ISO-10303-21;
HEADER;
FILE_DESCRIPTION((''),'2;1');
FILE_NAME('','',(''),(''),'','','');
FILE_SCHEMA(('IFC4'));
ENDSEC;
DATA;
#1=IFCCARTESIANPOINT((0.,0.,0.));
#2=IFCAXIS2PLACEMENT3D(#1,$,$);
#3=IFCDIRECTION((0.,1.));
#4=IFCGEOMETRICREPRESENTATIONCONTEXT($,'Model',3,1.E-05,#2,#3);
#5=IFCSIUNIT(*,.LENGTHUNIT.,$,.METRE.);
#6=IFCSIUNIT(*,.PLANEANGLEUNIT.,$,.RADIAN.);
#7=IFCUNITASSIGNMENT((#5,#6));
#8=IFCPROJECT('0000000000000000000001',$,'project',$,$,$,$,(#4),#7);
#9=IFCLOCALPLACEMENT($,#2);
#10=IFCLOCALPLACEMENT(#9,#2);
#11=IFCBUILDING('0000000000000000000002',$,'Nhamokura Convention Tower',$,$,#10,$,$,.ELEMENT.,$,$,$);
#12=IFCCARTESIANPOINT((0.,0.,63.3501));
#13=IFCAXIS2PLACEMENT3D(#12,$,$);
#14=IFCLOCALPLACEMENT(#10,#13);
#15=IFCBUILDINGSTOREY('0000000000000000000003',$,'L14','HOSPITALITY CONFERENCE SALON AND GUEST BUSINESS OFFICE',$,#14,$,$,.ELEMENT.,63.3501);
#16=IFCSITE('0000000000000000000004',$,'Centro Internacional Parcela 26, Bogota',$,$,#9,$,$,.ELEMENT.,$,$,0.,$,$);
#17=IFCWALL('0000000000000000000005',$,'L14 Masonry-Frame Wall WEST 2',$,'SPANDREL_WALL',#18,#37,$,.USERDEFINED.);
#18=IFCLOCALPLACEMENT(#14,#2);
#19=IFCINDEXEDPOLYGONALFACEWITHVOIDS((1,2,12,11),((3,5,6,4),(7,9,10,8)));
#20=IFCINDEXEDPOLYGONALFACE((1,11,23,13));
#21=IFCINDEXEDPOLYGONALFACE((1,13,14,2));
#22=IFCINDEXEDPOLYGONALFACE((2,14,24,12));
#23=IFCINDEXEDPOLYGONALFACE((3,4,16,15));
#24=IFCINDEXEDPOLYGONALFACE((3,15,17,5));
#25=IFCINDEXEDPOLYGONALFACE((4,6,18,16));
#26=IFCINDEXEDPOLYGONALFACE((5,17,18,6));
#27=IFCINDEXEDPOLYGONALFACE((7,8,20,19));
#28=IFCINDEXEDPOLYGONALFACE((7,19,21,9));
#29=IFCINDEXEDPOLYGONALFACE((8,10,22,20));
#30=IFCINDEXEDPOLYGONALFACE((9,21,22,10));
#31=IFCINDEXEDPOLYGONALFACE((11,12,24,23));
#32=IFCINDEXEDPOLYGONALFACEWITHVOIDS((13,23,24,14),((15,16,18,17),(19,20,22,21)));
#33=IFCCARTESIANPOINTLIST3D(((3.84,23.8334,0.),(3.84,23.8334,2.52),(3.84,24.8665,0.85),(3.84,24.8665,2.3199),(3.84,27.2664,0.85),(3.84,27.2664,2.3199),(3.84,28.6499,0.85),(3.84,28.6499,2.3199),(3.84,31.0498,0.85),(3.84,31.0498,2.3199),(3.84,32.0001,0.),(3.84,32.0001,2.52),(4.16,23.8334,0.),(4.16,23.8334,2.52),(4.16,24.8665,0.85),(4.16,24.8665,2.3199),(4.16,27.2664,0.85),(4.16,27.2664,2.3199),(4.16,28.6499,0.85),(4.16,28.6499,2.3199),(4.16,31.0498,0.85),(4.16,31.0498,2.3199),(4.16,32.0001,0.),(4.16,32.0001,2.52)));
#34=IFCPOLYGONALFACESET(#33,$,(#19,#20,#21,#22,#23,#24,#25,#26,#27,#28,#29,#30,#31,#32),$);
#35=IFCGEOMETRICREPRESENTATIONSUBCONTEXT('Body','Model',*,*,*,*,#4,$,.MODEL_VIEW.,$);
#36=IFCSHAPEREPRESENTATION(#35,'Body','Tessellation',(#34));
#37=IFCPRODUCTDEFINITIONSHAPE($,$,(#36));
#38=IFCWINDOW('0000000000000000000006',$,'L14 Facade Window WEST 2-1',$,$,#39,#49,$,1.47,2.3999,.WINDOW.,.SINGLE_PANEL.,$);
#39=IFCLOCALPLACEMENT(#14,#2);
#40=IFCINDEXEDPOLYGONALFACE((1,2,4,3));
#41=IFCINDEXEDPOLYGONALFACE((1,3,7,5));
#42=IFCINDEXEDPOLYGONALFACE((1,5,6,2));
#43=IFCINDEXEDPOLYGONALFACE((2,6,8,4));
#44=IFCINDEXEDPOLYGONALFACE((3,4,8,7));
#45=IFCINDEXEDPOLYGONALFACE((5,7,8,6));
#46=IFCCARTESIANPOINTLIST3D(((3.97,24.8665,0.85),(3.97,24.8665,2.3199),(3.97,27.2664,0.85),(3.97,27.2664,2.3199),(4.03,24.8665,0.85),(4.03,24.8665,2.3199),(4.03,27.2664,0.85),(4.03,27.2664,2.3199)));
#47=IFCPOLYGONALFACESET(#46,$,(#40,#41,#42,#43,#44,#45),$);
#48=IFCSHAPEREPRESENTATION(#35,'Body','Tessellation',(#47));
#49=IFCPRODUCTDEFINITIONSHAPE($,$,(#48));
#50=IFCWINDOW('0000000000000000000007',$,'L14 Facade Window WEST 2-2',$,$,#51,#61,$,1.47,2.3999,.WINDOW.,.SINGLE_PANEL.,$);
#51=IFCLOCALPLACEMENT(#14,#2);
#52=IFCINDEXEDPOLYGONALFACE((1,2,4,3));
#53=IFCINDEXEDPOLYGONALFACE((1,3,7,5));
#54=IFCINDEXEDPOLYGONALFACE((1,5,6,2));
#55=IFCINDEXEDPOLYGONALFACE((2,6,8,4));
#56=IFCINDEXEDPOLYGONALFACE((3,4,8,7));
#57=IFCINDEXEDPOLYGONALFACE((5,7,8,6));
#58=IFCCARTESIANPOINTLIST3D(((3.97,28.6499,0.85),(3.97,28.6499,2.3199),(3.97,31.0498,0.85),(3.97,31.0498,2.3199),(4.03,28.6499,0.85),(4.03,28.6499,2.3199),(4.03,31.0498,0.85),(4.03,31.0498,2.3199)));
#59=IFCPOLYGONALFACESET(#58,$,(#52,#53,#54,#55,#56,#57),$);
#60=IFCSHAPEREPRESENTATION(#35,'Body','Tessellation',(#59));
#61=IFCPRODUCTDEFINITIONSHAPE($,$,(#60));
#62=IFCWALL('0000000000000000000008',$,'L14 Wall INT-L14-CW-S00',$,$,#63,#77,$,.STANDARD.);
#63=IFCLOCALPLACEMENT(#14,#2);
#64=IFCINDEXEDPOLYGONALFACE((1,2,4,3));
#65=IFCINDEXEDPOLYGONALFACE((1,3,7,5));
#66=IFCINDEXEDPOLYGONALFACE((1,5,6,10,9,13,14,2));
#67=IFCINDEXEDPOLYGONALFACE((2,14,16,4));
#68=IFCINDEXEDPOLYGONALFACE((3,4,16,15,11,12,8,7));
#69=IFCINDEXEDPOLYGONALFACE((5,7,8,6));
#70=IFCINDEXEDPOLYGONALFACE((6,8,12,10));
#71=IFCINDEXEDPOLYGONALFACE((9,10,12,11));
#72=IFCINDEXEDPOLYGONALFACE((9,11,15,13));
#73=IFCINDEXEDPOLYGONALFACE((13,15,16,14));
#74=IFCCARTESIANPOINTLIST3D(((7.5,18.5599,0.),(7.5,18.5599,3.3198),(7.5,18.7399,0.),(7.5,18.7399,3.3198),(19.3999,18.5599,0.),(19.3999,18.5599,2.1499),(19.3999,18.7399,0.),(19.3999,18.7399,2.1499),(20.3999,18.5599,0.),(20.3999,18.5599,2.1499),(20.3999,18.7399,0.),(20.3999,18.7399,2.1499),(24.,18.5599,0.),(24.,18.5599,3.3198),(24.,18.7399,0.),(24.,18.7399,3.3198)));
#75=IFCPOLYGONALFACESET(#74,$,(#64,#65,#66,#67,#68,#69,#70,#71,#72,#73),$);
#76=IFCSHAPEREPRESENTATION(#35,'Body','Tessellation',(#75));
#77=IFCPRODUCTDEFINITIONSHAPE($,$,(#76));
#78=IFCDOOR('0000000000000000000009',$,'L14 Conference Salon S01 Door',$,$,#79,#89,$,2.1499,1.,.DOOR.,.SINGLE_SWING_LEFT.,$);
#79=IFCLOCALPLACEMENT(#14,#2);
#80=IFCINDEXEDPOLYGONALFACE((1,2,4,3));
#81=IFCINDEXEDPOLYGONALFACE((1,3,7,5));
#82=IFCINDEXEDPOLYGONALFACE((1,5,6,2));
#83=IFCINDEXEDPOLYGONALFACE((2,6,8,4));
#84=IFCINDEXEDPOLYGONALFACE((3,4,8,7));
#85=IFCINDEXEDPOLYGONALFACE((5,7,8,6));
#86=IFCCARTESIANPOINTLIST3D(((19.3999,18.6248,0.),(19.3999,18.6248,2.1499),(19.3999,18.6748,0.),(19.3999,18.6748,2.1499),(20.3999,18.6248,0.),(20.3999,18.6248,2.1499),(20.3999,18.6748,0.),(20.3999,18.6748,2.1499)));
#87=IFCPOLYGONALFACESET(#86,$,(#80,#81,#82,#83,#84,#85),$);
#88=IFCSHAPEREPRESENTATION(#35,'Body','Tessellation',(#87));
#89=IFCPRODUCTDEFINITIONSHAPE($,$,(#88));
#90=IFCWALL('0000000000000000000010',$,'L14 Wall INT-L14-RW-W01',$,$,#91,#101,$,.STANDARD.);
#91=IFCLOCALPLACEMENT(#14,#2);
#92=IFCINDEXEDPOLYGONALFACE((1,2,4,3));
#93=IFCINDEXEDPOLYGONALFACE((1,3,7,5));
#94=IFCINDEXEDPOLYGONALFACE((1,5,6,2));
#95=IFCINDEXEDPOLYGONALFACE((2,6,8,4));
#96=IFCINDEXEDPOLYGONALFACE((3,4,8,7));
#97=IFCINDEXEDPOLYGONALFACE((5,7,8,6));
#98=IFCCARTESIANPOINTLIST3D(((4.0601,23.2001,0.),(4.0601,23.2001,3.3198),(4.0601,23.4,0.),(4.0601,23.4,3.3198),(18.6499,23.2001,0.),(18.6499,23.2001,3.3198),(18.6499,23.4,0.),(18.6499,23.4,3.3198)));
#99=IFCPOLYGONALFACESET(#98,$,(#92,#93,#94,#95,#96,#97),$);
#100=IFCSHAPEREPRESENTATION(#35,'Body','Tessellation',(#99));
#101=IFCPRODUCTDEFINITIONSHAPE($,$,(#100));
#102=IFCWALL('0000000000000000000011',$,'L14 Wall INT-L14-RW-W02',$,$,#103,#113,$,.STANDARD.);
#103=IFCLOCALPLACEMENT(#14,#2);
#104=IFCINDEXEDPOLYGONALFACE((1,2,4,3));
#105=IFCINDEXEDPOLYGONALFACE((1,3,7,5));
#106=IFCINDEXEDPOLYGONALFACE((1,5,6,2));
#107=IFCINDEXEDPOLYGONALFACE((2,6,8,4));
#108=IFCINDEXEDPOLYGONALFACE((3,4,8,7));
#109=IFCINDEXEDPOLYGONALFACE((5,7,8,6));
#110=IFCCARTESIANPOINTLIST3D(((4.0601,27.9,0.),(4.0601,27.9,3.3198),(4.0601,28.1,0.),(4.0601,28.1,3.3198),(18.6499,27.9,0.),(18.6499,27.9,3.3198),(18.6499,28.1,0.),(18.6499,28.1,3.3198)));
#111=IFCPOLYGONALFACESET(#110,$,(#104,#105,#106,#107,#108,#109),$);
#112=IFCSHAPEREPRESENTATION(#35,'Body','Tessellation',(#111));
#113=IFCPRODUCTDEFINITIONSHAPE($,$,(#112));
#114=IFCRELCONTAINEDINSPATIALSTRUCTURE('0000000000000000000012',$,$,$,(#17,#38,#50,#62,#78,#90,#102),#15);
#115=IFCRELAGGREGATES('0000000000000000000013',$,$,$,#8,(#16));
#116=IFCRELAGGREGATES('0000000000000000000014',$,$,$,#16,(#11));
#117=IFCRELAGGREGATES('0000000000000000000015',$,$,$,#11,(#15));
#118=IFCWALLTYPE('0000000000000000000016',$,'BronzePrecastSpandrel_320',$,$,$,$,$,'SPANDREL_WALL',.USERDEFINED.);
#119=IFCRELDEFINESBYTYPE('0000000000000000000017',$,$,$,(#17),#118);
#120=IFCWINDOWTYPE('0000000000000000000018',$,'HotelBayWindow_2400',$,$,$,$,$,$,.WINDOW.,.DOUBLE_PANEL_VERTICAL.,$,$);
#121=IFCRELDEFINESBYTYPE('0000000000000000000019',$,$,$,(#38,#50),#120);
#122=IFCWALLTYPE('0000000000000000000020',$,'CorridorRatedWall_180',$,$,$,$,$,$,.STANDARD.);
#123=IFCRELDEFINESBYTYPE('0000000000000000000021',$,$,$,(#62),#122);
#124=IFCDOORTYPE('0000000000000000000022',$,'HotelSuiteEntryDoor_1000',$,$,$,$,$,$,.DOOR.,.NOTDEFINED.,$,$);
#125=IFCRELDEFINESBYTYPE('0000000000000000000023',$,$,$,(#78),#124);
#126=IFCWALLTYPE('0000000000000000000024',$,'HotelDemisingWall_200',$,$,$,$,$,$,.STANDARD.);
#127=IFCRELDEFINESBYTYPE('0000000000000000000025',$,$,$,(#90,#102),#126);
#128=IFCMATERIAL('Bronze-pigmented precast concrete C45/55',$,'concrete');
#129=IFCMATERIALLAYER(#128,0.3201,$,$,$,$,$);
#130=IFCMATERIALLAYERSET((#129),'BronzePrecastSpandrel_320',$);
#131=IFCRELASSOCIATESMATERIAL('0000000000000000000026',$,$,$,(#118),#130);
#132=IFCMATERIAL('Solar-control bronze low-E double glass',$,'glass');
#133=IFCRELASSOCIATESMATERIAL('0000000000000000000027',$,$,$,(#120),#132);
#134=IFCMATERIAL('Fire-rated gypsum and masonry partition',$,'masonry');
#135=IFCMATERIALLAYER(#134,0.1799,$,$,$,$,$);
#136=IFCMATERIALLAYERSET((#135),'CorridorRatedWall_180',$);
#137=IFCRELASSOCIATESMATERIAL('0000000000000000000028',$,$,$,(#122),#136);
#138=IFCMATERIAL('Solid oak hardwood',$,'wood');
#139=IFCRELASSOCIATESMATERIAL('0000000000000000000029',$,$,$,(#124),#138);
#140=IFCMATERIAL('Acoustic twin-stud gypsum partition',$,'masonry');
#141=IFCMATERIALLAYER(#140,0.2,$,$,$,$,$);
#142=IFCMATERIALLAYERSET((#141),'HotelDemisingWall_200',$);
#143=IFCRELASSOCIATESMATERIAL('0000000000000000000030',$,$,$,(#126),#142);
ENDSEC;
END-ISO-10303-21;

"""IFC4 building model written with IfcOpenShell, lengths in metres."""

from ifc_helpers import new_model, si_unit, direction, frame, frame_2d, origin, place, context, subcontext, project, spatial, rectangle, extrude, material, layer, layer_set, type_object, element, fill, save


model = new_model("IFC4")

# Units and contexts
model_context = context("Model", 3, precision=1e-05, world=origin(), true_north=direction((0.0, 1.0)))
body_context = subcontext(model_context, "Body", "Model", "MODEL_VIEW")
ifc_project = project(units=[si_unit("LENGTHUNIT", "METRE"), si_unit("PLANEANGLEUNIT", "RADIAN")], contexts=[model_context])

# Site, building, storey
site_placement = place(None, origin())
site = spatial("IfcSite", under=ifc_project, at=site_placement, Name="Centro Internacional Parcela 26, Bogota", CompositionType="ELEMENT", RefElevation=0.0)
building_placement = place(site_placement, origin())
building = spatial("IfcBuilding", under=site, at=building_placement, Name="Nhamokura Convention Tower", CompositionType="ELEMENT")
storey_placement = place(building_placement, frame((0.0, 0.0, 63.3501)))
storey = spatial("IfcBuildingStorey", under=building, at=storey_placement, Name="L14", Description="HOSPITALITY CONFERENCE SALON AND GUEST BUSINESS OFFICE", CompositionType="ELEMENT", Elevation=63.3501)

# Wall, openings, windows
ifc_material_1 = material(Name="Bronze-pigmented precast concrete C45/55", Category="concrete")
ifc_layer_1 = layer(ifc_material_1, 0.3201)
ifc_layer_set_1 = layer_set([ifc_layer_1], Name="BronzePrecastSpandrel_320")
wall_type_1 = type_object("IfcWallType", Name="BronzePrecastSpandrel_320", ElementType="SPANDREL_WALL", PredefinedType="USERDEFINED", material=ifc_layer_set_1)
ifc_material_2 = material(Name="Solar-control bronze low-E double glass", Category="glass")
window_type_1 = type_object("IfcWindowType", Name="HotelBayWindow_2400", PartitioningType="DOUBLE_PANEL_VERTICAL", PredefinedType="WINDOW", material=ifc_material_2)
wall_1_placement = place(storey_placement, frame((4.0, 23.8333, 0.0), z_axis=(0.0, 0.0, 1.0), x_axis=(0.0, 1.0, 0.0)))
wall_1 = element("IfcWall", 1, at=wall_1_placement, inside=storey, type_object=wall_type_1, Name="L14 Masonry-Frame Wall WEST 2", ObjectType="SPANDREL_WALL", PredefinedType="USERDEFINED", context=body_context, shape_type="SweptSolid", body=[
    extrude(rectangle(XDim=8.1667, YDim=0.3201, at=frame_2d((4.0835, 0.0))), origin(), (0.0, 0.0, 1.0), 2.52),
])
opening_1_placement = place(wall_1_placement, frame((1.0332, 0.0, 0.8501)))
opening_1 = element("IfcOpeningElement", 2, at=opening_1_placement, cuts=wall_1, PredefinedType="OPENING", context=body_context, shape_type="SweptSolid", body=[
    extrude(rectangle(XDim=2.3999, YDim=1.47, at=frame_2d((1.2, 0.7349))), frame((0.0, 0.1699, 0.0), z_axis=(0.0, -1.0, 0.0), x_axis=(1.0, 0.0, 0.0)), (0.0, 0.0, 1.0), 0.3401),
])
opening_2_placement = place(wall_1_placement, frame((4.8167, 0.0, 0.8501)))
opening_2 = element("IfcOpeningElement", 3, at=opening_2_placement, cuts=wall_1, PredefinedType="OPENING", context=body_context, shape_type="SweptSolid", body=[
    extrude(rectangle(XDim=2.3999, YDim=1.47, at=frame_2d((1.2, 0.7349))), frame((0.0, 0.1699, 0.0), z_axis=(0.0, -1.0, 0.0), x_axis=(1.0, 0.0, 0.0)), (0.0, 0.0, 1.0), 0.3401),
])
window_1_placement = place(opening_1_placement, origin())
window_1 = element("IfcWindow", 4, at=window_1_placement, inside=storey, type_object=window_type_1, Name="L14 Facade Window WEST 2-1", OverallHeight=1.47, OverallWidth=2.3999, PartitioningType="SINGLE_PANEL", PredefinedType="WINDOW", context=body_context, shape_type="SweptSolid", body=[
    extrude(rectangle(XDim=2.3999, YDim=1.47, at=frame_2d((1.2, 0.7349))), frame((0.0, 0.03, 0.0), z_axis=(0.0, -1.0, 0.0), x_axis=(1.0, 0.0, 0.0)), (0.0, 0.0, 1.0), 0.0601),
])
fill(opening_1, window_1)
window_2_placement = place(opening_2_placement, origin())
window_2 = element("IfcWindow", 5, at=window_2_placement, inside=storey, type_object=window_type_1, Name="L14 Facade Window WEST 2-2", OverallHeight=1.47, OverallWidth=2.3999, PartitioningType="SINGLE_PANEL", PredefinedType="WINDOW", context=body_context, shape_type="SweptSolid", body=[
    extrude(rectangle(XDim=2.3999, YDim=1.47, at=frame_2d((1.2, 0.7349))), frame((0.0, 0.03, 0.0), z_axis=(0.0, -1.0, 0.0), x_axis=(1.0, 0.0, 0.0)), (0.0, 0.0, 1.0), 0.0601),
])
fill(opening_2, window_2)

# Wall, opening, door
ifc_material_3 = material(Name="Fire-rated gypsum and masonry partition", Category="masonry")
ifc_layer_2 = layer(ifc_material_3, 0.1799)
ifc_layer_set_2 = layer_set([ifc_layer_2], Name="CorridorRatedWall_180")
wall_type_2 = type_object("IfcWallType", Name="CorridorRatedWall_180", PredefinedType="STANDARD", material=ifc_layer_set_2)
wall_2_placement = place(storey_placement, frame((7.5, 18.6499, 0.0), z_axis=(0.0, 0.0, 1.0), x_axis=(1.0, 0.0, 0.0)))
wall_2 = element("IfcWall", 6, at=wall_2_placement, inside=storey, type_object=wall_type_2, Name="L14 Wall INT-L14-CW-S00", PredefinedType="STANDARD", context=body_context, shape_type="SweptSolid", body=[
    extrude(rectangle(XDim=16.5, YDim=0.1799, at=frame_2d((8.25, 0.0))), origin(), (0.0, 0.0, 1.0), 3.3198),
])
opening_3_placement = place(wall_2_placement, frame((11.8999, 0.0, 0.0)))
opening_3 = element("IfcOpeningElement", 7, at=opening_3_placement, cuts=wall_2, PredefinedType="OPENING", context=body_context, shape_type="SweptSolid", body=[
    extrude(rectangle(XDim=1.0, YDim=2.1499, at=frame_2d((0.5, 1.075))), frame((0.0, 0.0999, 0.0), z_axis=(0.0, -1.0, 0.0), x_axis=(1.0, 0.0, 0.0)), (0.0, 0.0, 1.0), 0.2),
])
ifc_material_4 = material(Name="Solid oak hardwood", Category="wood")
door_type_1 = type_object("IfcDoorType", Name="HotelSuiteEntryDoor_1000", OperationType="NOTDEFINED", PredefinedType="DOOR", material=ifc_material_4)
door_1_placement = place(opening_3_placement, origin())
door_1 = element("IfcDoor", 8, at=door_1_placement, inside=storey, type_object=door_type_1, Name="L14 Conference Salon S01 Door", OperationType="SINGLE_SWING_LEFT", OverallHeight=2.1499, OverallWidth=1.0, PredefinedType="DOOR", context=body_context, shape_type="SweptSolid", body=[
    extrude(rectangle(XDim=1.0, YDim=2.1499, at=frame_2d((0.5, 1.075))), frame((0.0, 0.0249, 0.0), z_axis=(0.0, -1.0, 0.0), x_axis=(1.0, 0.0, 0.0)), (0.0, 0.0, 1.0), 0.05),
])
fill(opening_3, door_1)

# Walls
ifc_material_5 = material(Name="Acoustic twin-stud gypsum partition", Category="masonry")
ifc_layer_3 = layer(ifc_material_5, 0.2)
ifc_layer_set_3 = layer_set([ifc_layer_3], Name="HotelDemisingWall_200")
wall_type_3 = type_object("IfcWallType", Name="HotelDemisingWall_200", PredefinedType="STANDARD", material=ifc_layer_set_3)
for number, where, z_axis, x_axis, name in (
    (9, (4.0601, 23.3, 0.0), (0.0, 0.0, 1.0), (1.0, 0.0, 0.0), "L14 Wall INT-L14-RW-W01"),
    (10, (4.0601, 28.0, 0.0), (0.0, 0.0, 1.0), (1.0, 0.0, 0.0), "L14 Wall INT-L14-RW-W02"),
):
    element("IfcWall", number, at=place(storey_placement, frame(where, z_axis=z_axis, x_axis=x_axis)), inside=storey, type_object=wall_type_3, Name=name, PredefinedType="STANDARD", context=body_context, shape_type="SweptSolid", body=[
        extrude(rectangle(XDim=14.5898, YDim=0.2, at=frame_2d((7.2949, 0.0))), origin(), (0.0, 0.0, 1.0), 3.3198),
    ])

save(model, "model.ifc")
